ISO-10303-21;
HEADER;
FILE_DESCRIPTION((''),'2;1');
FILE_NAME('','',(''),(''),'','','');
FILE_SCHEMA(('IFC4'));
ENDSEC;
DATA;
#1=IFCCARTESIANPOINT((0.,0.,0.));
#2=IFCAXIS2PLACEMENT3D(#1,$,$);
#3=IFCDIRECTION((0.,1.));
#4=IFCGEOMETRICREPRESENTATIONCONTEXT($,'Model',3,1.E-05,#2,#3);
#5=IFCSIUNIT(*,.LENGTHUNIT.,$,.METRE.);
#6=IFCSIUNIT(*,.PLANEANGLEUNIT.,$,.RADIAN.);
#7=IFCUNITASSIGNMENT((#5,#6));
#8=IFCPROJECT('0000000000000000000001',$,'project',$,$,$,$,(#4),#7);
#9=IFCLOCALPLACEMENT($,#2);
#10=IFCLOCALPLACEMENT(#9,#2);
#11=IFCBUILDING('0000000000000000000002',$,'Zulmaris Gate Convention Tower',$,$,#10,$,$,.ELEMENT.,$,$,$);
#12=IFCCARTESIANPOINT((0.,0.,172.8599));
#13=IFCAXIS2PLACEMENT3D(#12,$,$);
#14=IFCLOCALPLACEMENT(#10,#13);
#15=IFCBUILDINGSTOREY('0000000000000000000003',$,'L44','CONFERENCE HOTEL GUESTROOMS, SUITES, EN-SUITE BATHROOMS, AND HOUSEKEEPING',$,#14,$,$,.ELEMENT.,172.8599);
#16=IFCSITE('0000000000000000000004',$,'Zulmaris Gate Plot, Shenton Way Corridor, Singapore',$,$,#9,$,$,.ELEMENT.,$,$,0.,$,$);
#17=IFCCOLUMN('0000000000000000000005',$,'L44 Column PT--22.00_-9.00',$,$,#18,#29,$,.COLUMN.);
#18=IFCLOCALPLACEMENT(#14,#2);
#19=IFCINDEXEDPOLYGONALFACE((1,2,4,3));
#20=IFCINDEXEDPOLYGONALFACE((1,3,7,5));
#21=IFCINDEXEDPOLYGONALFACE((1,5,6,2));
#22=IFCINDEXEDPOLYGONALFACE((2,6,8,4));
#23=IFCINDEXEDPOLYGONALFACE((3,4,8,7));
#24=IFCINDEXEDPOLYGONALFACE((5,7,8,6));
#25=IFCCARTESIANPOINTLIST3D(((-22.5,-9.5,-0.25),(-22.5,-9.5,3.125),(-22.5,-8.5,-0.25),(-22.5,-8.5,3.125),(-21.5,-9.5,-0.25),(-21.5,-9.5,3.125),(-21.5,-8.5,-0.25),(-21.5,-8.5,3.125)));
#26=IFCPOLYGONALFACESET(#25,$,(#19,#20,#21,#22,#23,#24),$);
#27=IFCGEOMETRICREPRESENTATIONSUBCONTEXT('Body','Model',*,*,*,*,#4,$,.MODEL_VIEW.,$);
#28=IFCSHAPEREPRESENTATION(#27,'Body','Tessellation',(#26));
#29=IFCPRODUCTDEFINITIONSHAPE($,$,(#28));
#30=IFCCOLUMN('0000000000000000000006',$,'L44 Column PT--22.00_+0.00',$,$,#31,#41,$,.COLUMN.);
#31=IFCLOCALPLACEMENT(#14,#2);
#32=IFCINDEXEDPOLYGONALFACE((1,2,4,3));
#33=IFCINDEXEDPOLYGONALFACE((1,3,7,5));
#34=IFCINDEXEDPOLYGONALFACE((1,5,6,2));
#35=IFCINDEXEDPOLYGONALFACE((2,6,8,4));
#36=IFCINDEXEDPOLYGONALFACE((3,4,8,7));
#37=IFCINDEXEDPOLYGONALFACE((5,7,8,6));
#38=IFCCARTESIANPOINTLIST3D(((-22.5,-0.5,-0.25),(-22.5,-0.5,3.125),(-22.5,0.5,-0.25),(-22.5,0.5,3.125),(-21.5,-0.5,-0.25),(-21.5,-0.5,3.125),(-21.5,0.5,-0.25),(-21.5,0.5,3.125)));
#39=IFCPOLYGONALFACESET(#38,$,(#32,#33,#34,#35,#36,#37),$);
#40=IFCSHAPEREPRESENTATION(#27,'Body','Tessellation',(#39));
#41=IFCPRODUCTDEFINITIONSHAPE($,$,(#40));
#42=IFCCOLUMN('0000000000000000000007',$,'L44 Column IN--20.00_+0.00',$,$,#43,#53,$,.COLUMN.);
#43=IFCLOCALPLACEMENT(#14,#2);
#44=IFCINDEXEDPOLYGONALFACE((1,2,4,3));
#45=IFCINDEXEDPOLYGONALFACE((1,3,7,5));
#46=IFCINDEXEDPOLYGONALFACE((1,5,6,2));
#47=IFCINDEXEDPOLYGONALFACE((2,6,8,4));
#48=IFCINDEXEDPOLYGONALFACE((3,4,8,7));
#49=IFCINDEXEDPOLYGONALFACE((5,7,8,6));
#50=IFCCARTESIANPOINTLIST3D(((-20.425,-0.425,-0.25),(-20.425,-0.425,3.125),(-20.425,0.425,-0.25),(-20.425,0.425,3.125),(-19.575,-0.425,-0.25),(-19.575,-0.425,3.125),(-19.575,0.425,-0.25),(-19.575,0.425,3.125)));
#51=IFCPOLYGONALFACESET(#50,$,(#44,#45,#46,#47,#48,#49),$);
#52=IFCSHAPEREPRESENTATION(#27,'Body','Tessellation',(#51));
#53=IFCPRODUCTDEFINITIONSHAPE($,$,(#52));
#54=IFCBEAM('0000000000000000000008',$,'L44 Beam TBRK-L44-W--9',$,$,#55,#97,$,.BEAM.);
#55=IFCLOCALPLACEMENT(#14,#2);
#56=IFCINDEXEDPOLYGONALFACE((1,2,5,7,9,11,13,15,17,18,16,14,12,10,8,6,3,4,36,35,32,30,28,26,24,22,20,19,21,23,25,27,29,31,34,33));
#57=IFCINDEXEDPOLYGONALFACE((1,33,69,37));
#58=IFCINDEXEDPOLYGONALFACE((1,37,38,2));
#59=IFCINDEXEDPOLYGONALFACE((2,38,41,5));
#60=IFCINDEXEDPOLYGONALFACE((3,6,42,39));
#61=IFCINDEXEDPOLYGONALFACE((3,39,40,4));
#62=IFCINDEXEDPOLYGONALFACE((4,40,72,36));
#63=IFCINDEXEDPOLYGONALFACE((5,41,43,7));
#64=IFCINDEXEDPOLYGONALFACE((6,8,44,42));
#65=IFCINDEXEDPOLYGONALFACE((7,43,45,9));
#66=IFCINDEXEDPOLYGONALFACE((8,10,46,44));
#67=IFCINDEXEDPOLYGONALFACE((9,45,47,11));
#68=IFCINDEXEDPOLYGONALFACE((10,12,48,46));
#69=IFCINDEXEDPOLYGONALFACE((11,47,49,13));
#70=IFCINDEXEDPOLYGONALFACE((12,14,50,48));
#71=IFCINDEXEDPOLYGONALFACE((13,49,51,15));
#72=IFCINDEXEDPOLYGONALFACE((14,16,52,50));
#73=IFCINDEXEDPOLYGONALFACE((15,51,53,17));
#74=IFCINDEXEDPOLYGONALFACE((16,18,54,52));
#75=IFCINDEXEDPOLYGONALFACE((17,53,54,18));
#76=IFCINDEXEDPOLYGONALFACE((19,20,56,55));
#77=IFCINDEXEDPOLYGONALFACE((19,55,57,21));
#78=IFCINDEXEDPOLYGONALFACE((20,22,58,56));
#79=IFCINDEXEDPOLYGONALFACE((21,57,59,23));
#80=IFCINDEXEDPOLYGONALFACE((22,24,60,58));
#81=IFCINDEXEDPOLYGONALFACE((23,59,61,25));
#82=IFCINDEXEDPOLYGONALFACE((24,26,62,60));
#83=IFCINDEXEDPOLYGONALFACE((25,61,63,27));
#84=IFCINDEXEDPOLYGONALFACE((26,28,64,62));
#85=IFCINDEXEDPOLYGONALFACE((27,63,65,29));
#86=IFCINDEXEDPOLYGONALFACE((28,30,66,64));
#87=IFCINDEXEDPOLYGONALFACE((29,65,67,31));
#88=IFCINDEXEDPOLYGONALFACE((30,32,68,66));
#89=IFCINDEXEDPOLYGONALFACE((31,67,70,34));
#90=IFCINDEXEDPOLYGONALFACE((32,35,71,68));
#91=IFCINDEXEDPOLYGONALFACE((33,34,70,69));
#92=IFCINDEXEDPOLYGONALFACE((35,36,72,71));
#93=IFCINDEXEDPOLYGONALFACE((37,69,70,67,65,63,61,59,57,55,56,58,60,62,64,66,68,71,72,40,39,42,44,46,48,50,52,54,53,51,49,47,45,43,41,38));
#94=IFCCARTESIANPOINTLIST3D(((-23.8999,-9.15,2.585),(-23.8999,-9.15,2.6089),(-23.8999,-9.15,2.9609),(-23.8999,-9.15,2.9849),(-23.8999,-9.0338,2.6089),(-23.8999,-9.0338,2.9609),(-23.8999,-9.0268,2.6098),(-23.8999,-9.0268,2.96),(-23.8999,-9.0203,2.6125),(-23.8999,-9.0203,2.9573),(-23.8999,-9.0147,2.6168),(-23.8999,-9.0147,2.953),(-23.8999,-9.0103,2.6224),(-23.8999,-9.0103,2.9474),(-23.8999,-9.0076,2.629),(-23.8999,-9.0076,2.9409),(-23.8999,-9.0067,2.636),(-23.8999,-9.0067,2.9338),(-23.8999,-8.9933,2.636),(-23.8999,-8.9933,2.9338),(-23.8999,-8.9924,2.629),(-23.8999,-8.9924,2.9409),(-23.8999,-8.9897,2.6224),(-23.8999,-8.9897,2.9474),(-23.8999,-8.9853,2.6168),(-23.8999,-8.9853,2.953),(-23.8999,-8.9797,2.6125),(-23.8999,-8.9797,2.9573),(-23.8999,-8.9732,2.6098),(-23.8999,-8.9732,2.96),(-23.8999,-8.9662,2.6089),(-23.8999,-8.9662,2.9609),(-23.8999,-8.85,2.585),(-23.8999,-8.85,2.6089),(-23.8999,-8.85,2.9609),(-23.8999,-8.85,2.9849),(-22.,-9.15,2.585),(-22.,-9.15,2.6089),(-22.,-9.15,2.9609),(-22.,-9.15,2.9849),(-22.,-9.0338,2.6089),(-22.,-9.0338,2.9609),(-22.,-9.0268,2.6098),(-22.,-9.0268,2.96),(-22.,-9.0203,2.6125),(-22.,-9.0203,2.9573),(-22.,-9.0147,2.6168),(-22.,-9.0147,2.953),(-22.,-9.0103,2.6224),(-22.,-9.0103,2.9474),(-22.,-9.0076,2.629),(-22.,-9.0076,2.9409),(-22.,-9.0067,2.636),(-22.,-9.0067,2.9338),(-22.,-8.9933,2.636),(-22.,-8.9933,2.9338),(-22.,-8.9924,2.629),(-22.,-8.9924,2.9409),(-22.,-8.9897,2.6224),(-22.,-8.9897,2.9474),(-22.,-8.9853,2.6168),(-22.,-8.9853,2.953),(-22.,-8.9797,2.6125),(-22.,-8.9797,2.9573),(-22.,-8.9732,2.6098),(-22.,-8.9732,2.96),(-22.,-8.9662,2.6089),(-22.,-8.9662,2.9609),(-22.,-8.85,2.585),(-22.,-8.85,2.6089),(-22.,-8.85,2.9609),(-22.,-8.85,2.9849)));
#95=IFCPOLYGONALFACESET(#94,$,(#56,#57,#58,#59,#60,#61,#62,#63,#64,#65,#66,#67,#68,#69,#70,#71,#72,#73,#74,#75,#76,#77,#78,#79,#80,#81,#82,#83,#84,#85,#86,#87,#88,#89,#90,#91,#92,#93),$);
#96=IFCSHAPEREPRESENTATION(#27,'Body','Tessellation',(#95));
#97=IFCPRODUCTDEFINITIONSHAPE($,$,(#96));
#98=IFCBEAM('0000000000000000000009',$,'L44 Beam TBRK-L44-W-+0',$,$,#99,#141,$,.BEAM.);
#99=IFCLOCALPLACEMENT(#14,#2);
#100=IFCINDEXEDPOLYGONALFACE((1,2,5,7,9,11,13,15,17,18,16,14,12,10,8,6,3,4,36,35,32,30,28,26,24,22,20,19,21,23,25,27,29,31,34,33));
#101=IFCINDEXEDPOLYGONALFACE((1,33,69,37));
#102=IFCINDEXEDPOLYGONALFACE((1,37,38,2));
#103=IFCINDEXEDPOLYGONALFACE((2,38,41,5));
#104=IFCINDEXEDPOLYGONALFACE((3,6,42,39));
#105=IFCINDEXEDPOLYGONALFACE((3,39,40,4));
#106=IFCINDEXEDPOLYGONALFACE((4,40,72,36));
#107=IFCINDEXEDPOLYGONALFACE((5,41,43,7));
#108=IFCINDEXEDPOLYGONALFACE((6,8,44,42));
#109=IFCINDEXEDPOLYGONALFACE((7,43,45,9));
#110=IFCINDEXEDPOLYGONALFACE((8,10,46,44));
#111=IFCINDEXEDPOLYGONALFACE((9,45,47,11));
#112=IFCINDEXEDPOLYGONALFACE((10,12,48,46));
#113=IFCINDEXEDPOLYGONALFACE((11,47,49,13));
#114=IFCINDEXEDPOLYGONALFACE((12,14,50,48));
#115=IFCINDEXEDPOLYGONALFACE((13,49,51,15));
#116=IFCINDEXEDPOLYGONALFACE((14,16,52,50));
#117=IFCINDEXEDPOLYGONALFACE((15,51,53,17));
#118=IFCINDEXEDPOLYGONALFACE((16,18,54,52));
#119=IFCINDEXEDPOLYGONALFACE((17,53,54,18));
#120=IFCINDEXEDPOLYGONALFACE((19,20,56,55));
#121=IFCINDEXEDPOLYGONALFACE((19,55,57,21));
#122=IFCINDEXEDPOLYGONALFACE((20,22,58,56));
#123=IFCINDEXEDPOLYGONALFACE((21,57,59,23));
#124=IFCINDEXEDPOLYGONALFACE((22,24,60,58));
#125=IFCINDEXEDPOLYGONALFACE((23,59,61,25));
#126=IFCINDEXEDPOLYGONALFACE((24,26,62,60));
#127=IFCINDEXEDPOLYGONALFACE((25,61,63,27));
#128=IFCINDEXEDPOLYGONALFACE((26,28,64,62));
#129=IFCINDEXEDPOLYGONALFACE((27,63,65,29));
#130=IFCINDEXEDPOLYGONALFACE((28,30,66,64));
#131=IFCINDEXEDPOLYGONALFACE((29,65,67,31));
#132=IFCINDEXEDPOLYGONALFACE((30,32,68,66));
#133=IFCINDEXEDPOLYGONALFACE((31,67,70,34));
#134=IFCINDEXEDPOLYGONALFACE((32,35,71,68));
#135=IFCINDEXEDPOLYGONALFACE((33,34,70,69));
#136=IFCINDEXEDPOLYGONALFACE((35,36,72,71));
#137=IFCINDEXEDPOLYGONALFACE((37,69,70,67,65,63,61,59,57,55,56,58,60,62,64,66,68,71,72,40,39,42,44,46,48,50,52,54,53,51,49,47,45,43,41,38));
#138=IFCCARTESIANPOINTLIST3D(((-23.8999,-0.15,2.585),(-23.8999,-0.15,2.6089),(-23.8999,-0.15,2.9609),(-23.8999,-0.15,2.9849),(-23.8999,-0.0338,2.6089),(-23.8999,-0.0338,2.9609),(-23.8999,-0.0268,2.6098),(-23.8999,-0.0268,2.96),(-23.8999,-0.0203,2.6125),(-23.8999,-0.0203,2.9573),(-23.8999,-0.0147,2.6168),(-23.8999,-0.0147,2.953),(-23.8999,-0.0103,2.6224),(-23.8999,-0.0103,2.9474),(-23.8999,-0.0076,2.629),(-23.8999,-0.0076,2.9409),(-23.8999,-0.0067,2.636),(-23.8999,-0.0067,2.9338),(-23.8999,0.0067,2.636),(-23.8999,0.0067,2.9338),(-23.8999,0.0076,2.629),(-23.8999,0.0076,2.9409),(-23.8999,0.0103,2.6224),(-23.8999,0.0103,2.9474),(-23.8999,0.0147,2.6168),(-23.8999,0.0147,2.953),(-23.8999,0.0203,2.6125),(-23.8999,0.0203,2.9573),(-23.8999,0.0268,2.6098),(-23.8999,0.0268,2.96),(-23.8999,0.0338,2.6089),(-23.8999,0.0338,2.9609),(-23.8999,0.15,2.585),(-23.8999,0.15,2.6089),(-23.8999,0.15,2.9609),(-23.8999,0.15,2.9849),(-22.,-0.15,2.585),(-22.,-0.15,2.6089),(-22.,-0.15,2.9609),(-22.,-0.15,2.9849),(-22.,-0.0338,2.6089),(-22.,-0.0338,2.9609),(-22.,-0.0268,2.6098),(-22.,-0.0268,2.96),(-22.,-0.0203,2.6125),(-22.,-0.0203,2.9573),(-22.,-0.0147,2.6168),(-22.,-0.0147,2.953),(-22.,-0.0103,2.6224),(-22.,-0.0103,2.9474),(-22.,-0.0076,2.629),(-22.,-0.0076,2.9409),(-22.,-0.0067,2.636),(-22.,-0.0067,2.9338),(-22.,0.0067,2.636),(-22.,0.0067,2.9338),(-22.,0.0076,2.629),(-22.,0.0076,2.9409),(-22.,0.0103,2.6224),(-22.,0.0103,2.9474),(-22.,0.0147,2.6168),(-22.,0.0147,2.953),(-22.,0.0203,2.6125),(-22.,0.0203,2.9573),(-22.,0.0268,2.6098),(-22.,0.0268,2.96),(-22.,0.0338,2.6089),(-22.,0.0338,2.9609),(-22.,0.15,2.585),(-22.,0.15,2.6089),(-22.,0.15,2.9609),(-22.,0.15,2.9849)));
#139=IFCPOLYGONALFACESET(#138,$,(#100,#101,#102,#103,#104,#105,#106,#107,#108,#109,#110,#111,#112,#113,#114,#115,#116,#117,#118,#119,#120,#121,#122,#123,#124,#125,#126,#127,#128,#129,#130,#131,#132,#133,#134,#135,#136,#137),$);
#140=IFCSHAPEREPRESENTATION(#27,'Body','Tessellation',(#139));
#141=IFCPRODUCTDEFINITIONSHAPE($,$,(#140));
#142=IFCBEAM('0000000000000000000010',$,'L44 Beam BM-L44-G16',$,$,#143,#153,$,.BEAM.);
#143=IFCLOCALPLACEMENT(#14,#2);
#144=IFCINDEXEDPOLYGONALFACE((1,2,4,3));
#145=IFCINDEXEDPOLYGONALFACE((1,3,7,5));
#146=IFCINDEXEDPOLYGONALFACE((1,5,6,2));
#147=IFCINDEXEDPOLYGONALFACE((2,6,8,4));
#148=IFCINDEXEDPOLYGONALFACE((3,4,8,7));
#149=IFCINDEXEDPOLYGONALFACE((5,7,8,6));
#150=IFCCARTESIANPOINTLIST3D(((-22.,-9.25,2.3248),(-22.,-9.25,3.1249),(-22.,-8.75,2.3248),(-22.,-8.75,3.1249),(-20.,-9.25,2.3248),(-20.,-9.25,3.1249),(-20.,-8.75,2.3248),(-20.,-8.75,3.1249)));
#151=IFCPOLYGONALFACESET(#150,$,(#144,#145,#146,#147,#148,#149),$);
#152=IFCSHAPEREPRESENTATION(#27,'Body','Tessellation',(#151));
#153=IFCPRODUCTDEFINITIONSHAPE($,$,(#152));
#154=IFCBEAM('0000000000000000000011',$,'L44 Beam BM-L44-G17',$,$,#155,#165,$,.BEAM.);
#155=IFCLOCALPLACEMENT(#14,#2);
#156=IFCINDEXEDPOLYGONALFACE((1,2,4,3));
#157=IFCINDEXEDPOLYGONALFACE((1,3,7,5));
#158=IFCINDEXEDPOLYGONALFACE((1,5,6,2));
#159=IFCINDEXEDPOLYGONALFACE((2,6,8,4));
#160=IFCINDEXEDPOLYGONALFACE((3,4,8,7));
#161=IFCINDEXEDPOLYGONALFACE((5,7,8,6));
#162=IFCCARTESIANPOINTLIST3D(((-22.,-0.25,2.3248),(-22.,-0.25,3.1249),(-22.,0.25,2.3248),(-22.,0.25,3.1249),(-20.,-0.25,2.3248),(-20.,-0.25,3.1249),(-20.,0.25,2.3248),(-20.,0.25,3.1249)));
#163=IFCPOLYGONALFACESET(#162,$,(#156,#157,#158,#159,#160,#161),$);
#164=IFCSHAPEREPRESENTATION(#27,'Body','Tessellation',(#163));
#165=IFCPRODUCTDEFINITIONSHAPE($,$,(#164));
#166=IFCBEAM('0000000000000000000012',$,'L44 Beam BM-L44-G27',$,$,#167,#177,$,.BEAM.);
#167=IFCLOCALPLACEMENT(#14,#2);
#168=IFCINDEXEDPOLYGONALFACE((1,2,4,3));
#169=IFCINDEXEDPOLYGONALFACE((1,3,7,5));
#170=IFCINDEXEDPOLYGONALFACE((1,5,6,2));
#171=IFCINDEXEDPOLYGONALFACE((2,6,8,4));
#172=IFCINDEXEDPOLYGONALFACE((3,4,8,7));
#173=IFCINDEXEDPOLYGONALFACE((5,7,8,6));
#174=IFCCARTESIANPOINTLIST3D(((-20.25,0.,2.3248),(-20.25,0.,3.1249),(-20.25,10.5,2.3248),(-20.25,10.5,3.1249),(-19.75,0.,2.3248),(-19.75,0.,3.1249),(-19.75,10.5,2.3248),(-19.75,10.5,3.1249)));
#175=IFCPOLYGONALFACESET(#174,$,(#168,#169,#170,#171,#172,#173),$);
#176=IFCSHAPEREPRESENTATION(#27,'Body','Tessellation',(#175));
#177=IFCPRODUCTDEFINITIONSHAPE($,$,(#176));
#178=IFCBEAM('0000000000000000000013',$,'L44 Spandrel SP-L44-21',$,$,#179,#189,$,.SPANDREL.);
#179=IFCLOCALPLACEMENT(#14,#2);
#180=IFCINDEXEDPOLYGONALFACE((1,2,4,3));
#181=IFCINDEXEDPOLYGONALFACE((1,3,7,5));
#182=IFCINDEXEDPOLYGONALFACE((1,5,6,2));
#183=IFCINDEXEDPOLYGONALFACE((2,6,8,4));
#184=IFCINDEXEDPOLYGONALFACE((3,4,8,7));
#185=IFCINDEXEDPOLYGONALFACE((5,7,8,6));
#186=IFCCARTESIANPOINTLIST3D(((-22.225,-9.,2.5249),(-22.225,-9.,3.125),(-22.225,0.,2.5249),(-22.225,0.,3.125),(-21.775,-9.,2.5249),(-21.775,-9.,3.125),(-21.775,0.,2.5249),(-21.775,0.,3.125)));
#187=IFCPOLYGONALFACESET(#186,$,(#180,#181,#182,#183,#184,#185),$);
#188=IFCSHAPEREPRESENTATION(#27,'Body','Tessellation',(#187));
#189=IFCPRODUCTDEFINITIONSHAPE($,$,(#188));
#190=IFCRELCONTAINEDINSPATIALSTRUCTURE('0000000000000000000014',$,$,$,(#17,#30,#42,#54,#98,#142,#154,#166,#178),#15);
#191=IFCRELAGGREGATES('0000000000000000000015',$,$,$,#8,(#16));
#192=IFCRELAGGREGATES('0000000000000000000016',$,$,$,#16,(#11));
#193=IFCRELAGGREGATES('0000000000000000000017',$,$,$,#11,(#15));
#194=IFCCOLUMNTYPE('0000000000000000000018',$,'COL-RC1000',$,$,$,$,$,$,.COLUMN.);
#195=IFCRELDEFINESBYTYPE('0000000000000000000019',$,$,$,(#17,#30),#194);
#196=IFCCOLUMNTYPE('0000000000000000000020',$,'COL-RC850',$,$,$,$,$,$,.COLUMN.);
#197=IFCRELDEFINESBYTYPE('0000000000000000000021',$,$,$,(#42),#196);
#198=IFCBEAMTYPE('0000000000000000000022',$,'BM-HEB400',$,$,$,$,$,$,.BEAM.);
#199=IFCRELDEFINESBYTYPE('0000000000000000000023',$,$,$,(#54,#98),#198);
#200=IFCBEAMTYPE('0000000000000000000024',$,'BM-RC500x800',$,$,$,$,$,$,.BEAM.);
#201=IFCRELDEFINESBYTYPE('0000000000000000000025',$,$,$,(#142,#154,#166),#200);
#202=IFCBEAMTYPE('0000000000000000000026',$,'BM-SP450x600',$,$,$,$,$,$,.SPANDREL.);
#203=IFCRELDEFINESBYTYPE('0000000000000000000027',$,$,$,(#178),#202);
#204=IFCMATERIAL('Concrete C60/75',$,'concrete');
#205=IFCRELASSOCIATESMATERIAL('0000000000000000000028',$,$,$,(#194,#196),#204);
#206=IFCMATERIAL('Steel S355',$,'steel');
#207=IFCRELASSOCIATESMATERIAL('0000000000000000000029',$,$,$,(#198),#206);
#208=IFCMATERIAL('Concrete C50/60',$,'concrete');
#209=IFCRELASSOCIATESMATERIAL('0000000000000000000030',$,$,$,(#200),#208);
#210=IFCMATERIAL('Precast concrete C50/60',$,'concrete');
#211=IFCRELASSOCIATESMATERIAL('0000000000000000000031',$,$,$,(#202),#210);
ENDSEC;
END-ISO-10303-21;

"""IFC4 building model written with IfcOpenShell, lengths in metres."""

from ifc_helpers import new_model, si_unit, direction, frame, origin, origin_2d, place, context, subcontext, project, spatial, rectangle, i_section, extrude, material, material_profile, profile_set, type_object, element, save


model = new_model("IFC4")

# Units and contexts
model_context = context("Model", 3, precision=1e-05, world=origin(), true_north=direction((0.0, 1.0)))
body_context = subcontext(model_context, "Body", "Model", "MODEL_VIEW")
ifc_project = project(units=[si_unit("LENGTHUNIT", "METRE"), si_unit("PLANEANGLEUNIT", "RADIAN")], contexts=[model_context])

# Site, building, storey
site_placement = place(None, origin())
site = spatial("IfcSite", under=ifc_project, at=site_placement, Name="Zulmaris Gate Plot, Shenton Way Corridor, Singapore", CompositionType="ELEMENT", RefElevation=0.0)
building_placement = place(site_placement, origin())
building = spatial("IfcBuilding", under=site, at=building_placement, Name="Zulmaris Gate Convention Tower", CompositionType="ELEMENT")
storey_placement = place(building_placement, frame((0.0, 0.0, 172.8599)))
storey = spatial("IfcBuildingStorey", under=building, at=storey_placement, Name="L44", Description="CONFERENCE HOTEL GUESTROOMS, SUITES, EN-SUITE BATHROOMS, AND HOUSEKEEPING", CompositionType="ELEMENT", Elevation=172.8599)

# Columns
ifc_material_1 = material(Name="Concrete C60/75", Category="concrete")
ifc_material_profile_1 = material_profile(ifc_material_1, rectangle(XDim=1.0, YDim=1.0, at=origin_2d()), Name="RC COL 1000x1000")
ifc_profile_set_1 = profile_set([ifc_material_profile_1], Name="Concrete C60/75")
column_type_1 = type_object("IfcColumnType", Name="COL-RC1000", PredefinedType="COLUMN", material=ifc_profile_set_1)
for number, where, z_axis, x_axis, name in (
    (1, (-22.0, -9.0, -0.25), (0.0, 0.0, 1.0), (1.0, 0.0, 0.0), "L44 Column PT--22.00_-9.00"),
    (2, (-22.0, 0.0, -0.25), (0.0, 0.0, 1.0), (1.0, 0.0, 0.0), "L44 Column PT--22.00_+0.00"),
):
    element("IfcColumn", number, at=place(storey_placement, frame(where, z_axis=z_axis, x_axis=x_axis)), inside=storey, type_object=column_type_1, Name=name, PredefinedType="COLUMN", context=body_context, shape_type="SweptSolid", body=[
        extrude(rectangle(XDim=1.0, YDim=1.0, at=origin_2d()), origin(), (0.0, 0.0, 1.0), 3.375),
    ])
ifc_material_profile_2 = material_profile(ifc_material_1, rectangle(XDim=0.8501, YDim=0.8501, at=origin_2d()), Name="RC COL 850x850")
ifc_profile_set_2 = profile_set([ifc_material_profile_2], Name="Concrete C60/75")
column_type_2 = type_object("IfcColumnType", Name="COL-RC850", PredefinedType="COLUMN", material=ifc_profile_set_2)
column_placement = place(storey_placement, frame((-20.0, 0.0, -0.25), z_axis=(0.0, 0.0, 1.0), x_axis=(1.0, 0.0, 0.0)))
element("IfcColumn", 3, at=column_placement, inside=storey, type_object=column_type_2, Name="L44 Column IN--20.00_+0.00", PredefinedType="COLUMN", context=body_context, shape_type="SweptSolid", body=[
    extrude(rectangle(XDim=0.8501, YDim=0.8501, at=origin_2d()), origin(), (0.0, 0.0, 1.0), 3.375),
])

# Beams
ifc_material_2 = material(Name="Steel S355", Category="steel")
ifc_material_profile_3 = material_profile(ifc_material_2, i_section(OverallWidth=0.3, OverallDepth=0.3999, WebThickness=0.0134, FlangeThickness=0.0239, FilletRadius=0.0271, at=origin_2d()), Name="HEB 400")
ifc_profile_set_3 = profile_set([ifc_material_profile_3], Name="Steel S355")
beam_type_1 = type_object("IfcBeamType", Name="BM-HEB400", PredefinedType="BEAM", material=ifc_profile_set_3)
for number, where, z_axis, x_axis, name in (
    (4, (-23.8999, -9.0, 2.7849), (1.0, 0.0, 0.0), (0.0, 1.0, 0.0), "L44 Beam TBRK-L44-W--9"),
    (5, (-23.8999, 0.0, 2.7849), (1.0, 0.0, 0.0), (0.0, 1.0, 0.0), "L44 Beam TBRK-L44-W-+0"),
):
    element("IfcBeam", number, at=place(storey_placement, frame(where, z_axis=z_axis, x_axis=x_axis)), inside=storey, type_object=beam_type_1, Name=name, PredefinedType="BEAM", context=body_context, shape_type="SweptSolid", body=[
        extrude(i_section(OverallWidth=0.3, OverallDepth=0.3999, WebThickness=0.0134, FlangeThickness=0.0239, FilletRadius=0.0271, at=origin_2d()), origin(), (0.0, 0.0, 1.0), 1.8999),
    ])
ifc_material_3 = material(Name="Concrete C50/60", Category="concrete")
ifc_material_profile_4 = material_profile(ifc_material_3, rectangle(XDim=0.5, YDim=0.8, at=origin_2d()), Name="RC BEAM 500x800")
ifc_profile_set_4 = profile_set([ifc_material_profile_4], Name="Concrete C50/60")
beam_type_2 = type_object("IfcBeamType", Name="BM-RC500x800", PredefinedType="BEAM", material=ifc_profile_set_4)
for number, where, z_axis, x_axis, name in (
    (6, (-22.0, -9.0, 2.7249), (1.0, 0.0, 0.0), (0.0, 1.0, 0.0), "L44 Beam BM-L44-G16"),
    (7, (-22.0, 0.0, 2.7249), (1.0, 0.0, 0.0), (0.0, 1.0, 0.0), "L44 Beam BM-L44-G17"),
):
    element("IfcBeam", number, at=place(storey_placement, frame(where, z_axis=z_axis, x_axis=x_axis)), inside=storey, type_object=beam_type_2, Name=name, PredefinedType="BEAM", context=body_context, shape_type="SweptSolid", body=[
        extrude(rectangle(XDim=0.5, YDim=0.8, at=origin_2d()), origin(), (0.0, 0.0, 1.0), 2.0),
    ])
beam_1_placement = place(storey_placement, frame((-20.0, 0.0, 2.7249), z_axis=(0.0, 1.0, 0.0), x_axis=(-1.0, 0.0, 0.0)))
element("IfcBeam", 8, at=beam_1_placement, inside=storey, type_object=beam_type_2, Name="L44 Beam BM-L44-G27", PredefinedType="BEAM", context=body_context, shape_type="SweptSolid", body=[
    extrude(rectangle(XDim=0.5, YDim=0.8, at=origin_2d()), origin(), (0.0, 0.0, 1.0), 10.5),
])
ifc_material_4 = material(Name="Precast concrete C50/60", Category="concrete")
ifc_material_profile_5 = material_profile(ifc_material_4, rectangle(XDim=0.45, YDim=0.6001, at=origin_2d()), Name="RC SPANDREL 450x600")
ifc_profile_set_5 = profile_set([ifc_material_profile_5], Name="Precast concrete C50/60")
beam_type_3 = type_object("IfcBeamType", Name="BM-SP450x600", PredefinedType="SPANDREL", material=ifc_profile_set_5)
beam_2_placement = place(storey_placement, frame((-22.0, 0.0, 2.825), z_axis=(0.0, -1.0, 0.0), x_axis=(1.0, 0.0, 0.0)))
element("IfcBeam", 9, at=beam_2_placement, inside=storey, type_object=beam_type_3, Name="L44 Spandrel SP-L44-21", PredefinedType="SPANDREL", context=body_context, shape_type="SweptSolid", body=[
    extrude(rectangle(XDim=0.45, YDim=0.6001, at=origin_2d()), origin(), (0.0, 0.0, 1.0), 9.0),
])

save(model, "model.ifc")
